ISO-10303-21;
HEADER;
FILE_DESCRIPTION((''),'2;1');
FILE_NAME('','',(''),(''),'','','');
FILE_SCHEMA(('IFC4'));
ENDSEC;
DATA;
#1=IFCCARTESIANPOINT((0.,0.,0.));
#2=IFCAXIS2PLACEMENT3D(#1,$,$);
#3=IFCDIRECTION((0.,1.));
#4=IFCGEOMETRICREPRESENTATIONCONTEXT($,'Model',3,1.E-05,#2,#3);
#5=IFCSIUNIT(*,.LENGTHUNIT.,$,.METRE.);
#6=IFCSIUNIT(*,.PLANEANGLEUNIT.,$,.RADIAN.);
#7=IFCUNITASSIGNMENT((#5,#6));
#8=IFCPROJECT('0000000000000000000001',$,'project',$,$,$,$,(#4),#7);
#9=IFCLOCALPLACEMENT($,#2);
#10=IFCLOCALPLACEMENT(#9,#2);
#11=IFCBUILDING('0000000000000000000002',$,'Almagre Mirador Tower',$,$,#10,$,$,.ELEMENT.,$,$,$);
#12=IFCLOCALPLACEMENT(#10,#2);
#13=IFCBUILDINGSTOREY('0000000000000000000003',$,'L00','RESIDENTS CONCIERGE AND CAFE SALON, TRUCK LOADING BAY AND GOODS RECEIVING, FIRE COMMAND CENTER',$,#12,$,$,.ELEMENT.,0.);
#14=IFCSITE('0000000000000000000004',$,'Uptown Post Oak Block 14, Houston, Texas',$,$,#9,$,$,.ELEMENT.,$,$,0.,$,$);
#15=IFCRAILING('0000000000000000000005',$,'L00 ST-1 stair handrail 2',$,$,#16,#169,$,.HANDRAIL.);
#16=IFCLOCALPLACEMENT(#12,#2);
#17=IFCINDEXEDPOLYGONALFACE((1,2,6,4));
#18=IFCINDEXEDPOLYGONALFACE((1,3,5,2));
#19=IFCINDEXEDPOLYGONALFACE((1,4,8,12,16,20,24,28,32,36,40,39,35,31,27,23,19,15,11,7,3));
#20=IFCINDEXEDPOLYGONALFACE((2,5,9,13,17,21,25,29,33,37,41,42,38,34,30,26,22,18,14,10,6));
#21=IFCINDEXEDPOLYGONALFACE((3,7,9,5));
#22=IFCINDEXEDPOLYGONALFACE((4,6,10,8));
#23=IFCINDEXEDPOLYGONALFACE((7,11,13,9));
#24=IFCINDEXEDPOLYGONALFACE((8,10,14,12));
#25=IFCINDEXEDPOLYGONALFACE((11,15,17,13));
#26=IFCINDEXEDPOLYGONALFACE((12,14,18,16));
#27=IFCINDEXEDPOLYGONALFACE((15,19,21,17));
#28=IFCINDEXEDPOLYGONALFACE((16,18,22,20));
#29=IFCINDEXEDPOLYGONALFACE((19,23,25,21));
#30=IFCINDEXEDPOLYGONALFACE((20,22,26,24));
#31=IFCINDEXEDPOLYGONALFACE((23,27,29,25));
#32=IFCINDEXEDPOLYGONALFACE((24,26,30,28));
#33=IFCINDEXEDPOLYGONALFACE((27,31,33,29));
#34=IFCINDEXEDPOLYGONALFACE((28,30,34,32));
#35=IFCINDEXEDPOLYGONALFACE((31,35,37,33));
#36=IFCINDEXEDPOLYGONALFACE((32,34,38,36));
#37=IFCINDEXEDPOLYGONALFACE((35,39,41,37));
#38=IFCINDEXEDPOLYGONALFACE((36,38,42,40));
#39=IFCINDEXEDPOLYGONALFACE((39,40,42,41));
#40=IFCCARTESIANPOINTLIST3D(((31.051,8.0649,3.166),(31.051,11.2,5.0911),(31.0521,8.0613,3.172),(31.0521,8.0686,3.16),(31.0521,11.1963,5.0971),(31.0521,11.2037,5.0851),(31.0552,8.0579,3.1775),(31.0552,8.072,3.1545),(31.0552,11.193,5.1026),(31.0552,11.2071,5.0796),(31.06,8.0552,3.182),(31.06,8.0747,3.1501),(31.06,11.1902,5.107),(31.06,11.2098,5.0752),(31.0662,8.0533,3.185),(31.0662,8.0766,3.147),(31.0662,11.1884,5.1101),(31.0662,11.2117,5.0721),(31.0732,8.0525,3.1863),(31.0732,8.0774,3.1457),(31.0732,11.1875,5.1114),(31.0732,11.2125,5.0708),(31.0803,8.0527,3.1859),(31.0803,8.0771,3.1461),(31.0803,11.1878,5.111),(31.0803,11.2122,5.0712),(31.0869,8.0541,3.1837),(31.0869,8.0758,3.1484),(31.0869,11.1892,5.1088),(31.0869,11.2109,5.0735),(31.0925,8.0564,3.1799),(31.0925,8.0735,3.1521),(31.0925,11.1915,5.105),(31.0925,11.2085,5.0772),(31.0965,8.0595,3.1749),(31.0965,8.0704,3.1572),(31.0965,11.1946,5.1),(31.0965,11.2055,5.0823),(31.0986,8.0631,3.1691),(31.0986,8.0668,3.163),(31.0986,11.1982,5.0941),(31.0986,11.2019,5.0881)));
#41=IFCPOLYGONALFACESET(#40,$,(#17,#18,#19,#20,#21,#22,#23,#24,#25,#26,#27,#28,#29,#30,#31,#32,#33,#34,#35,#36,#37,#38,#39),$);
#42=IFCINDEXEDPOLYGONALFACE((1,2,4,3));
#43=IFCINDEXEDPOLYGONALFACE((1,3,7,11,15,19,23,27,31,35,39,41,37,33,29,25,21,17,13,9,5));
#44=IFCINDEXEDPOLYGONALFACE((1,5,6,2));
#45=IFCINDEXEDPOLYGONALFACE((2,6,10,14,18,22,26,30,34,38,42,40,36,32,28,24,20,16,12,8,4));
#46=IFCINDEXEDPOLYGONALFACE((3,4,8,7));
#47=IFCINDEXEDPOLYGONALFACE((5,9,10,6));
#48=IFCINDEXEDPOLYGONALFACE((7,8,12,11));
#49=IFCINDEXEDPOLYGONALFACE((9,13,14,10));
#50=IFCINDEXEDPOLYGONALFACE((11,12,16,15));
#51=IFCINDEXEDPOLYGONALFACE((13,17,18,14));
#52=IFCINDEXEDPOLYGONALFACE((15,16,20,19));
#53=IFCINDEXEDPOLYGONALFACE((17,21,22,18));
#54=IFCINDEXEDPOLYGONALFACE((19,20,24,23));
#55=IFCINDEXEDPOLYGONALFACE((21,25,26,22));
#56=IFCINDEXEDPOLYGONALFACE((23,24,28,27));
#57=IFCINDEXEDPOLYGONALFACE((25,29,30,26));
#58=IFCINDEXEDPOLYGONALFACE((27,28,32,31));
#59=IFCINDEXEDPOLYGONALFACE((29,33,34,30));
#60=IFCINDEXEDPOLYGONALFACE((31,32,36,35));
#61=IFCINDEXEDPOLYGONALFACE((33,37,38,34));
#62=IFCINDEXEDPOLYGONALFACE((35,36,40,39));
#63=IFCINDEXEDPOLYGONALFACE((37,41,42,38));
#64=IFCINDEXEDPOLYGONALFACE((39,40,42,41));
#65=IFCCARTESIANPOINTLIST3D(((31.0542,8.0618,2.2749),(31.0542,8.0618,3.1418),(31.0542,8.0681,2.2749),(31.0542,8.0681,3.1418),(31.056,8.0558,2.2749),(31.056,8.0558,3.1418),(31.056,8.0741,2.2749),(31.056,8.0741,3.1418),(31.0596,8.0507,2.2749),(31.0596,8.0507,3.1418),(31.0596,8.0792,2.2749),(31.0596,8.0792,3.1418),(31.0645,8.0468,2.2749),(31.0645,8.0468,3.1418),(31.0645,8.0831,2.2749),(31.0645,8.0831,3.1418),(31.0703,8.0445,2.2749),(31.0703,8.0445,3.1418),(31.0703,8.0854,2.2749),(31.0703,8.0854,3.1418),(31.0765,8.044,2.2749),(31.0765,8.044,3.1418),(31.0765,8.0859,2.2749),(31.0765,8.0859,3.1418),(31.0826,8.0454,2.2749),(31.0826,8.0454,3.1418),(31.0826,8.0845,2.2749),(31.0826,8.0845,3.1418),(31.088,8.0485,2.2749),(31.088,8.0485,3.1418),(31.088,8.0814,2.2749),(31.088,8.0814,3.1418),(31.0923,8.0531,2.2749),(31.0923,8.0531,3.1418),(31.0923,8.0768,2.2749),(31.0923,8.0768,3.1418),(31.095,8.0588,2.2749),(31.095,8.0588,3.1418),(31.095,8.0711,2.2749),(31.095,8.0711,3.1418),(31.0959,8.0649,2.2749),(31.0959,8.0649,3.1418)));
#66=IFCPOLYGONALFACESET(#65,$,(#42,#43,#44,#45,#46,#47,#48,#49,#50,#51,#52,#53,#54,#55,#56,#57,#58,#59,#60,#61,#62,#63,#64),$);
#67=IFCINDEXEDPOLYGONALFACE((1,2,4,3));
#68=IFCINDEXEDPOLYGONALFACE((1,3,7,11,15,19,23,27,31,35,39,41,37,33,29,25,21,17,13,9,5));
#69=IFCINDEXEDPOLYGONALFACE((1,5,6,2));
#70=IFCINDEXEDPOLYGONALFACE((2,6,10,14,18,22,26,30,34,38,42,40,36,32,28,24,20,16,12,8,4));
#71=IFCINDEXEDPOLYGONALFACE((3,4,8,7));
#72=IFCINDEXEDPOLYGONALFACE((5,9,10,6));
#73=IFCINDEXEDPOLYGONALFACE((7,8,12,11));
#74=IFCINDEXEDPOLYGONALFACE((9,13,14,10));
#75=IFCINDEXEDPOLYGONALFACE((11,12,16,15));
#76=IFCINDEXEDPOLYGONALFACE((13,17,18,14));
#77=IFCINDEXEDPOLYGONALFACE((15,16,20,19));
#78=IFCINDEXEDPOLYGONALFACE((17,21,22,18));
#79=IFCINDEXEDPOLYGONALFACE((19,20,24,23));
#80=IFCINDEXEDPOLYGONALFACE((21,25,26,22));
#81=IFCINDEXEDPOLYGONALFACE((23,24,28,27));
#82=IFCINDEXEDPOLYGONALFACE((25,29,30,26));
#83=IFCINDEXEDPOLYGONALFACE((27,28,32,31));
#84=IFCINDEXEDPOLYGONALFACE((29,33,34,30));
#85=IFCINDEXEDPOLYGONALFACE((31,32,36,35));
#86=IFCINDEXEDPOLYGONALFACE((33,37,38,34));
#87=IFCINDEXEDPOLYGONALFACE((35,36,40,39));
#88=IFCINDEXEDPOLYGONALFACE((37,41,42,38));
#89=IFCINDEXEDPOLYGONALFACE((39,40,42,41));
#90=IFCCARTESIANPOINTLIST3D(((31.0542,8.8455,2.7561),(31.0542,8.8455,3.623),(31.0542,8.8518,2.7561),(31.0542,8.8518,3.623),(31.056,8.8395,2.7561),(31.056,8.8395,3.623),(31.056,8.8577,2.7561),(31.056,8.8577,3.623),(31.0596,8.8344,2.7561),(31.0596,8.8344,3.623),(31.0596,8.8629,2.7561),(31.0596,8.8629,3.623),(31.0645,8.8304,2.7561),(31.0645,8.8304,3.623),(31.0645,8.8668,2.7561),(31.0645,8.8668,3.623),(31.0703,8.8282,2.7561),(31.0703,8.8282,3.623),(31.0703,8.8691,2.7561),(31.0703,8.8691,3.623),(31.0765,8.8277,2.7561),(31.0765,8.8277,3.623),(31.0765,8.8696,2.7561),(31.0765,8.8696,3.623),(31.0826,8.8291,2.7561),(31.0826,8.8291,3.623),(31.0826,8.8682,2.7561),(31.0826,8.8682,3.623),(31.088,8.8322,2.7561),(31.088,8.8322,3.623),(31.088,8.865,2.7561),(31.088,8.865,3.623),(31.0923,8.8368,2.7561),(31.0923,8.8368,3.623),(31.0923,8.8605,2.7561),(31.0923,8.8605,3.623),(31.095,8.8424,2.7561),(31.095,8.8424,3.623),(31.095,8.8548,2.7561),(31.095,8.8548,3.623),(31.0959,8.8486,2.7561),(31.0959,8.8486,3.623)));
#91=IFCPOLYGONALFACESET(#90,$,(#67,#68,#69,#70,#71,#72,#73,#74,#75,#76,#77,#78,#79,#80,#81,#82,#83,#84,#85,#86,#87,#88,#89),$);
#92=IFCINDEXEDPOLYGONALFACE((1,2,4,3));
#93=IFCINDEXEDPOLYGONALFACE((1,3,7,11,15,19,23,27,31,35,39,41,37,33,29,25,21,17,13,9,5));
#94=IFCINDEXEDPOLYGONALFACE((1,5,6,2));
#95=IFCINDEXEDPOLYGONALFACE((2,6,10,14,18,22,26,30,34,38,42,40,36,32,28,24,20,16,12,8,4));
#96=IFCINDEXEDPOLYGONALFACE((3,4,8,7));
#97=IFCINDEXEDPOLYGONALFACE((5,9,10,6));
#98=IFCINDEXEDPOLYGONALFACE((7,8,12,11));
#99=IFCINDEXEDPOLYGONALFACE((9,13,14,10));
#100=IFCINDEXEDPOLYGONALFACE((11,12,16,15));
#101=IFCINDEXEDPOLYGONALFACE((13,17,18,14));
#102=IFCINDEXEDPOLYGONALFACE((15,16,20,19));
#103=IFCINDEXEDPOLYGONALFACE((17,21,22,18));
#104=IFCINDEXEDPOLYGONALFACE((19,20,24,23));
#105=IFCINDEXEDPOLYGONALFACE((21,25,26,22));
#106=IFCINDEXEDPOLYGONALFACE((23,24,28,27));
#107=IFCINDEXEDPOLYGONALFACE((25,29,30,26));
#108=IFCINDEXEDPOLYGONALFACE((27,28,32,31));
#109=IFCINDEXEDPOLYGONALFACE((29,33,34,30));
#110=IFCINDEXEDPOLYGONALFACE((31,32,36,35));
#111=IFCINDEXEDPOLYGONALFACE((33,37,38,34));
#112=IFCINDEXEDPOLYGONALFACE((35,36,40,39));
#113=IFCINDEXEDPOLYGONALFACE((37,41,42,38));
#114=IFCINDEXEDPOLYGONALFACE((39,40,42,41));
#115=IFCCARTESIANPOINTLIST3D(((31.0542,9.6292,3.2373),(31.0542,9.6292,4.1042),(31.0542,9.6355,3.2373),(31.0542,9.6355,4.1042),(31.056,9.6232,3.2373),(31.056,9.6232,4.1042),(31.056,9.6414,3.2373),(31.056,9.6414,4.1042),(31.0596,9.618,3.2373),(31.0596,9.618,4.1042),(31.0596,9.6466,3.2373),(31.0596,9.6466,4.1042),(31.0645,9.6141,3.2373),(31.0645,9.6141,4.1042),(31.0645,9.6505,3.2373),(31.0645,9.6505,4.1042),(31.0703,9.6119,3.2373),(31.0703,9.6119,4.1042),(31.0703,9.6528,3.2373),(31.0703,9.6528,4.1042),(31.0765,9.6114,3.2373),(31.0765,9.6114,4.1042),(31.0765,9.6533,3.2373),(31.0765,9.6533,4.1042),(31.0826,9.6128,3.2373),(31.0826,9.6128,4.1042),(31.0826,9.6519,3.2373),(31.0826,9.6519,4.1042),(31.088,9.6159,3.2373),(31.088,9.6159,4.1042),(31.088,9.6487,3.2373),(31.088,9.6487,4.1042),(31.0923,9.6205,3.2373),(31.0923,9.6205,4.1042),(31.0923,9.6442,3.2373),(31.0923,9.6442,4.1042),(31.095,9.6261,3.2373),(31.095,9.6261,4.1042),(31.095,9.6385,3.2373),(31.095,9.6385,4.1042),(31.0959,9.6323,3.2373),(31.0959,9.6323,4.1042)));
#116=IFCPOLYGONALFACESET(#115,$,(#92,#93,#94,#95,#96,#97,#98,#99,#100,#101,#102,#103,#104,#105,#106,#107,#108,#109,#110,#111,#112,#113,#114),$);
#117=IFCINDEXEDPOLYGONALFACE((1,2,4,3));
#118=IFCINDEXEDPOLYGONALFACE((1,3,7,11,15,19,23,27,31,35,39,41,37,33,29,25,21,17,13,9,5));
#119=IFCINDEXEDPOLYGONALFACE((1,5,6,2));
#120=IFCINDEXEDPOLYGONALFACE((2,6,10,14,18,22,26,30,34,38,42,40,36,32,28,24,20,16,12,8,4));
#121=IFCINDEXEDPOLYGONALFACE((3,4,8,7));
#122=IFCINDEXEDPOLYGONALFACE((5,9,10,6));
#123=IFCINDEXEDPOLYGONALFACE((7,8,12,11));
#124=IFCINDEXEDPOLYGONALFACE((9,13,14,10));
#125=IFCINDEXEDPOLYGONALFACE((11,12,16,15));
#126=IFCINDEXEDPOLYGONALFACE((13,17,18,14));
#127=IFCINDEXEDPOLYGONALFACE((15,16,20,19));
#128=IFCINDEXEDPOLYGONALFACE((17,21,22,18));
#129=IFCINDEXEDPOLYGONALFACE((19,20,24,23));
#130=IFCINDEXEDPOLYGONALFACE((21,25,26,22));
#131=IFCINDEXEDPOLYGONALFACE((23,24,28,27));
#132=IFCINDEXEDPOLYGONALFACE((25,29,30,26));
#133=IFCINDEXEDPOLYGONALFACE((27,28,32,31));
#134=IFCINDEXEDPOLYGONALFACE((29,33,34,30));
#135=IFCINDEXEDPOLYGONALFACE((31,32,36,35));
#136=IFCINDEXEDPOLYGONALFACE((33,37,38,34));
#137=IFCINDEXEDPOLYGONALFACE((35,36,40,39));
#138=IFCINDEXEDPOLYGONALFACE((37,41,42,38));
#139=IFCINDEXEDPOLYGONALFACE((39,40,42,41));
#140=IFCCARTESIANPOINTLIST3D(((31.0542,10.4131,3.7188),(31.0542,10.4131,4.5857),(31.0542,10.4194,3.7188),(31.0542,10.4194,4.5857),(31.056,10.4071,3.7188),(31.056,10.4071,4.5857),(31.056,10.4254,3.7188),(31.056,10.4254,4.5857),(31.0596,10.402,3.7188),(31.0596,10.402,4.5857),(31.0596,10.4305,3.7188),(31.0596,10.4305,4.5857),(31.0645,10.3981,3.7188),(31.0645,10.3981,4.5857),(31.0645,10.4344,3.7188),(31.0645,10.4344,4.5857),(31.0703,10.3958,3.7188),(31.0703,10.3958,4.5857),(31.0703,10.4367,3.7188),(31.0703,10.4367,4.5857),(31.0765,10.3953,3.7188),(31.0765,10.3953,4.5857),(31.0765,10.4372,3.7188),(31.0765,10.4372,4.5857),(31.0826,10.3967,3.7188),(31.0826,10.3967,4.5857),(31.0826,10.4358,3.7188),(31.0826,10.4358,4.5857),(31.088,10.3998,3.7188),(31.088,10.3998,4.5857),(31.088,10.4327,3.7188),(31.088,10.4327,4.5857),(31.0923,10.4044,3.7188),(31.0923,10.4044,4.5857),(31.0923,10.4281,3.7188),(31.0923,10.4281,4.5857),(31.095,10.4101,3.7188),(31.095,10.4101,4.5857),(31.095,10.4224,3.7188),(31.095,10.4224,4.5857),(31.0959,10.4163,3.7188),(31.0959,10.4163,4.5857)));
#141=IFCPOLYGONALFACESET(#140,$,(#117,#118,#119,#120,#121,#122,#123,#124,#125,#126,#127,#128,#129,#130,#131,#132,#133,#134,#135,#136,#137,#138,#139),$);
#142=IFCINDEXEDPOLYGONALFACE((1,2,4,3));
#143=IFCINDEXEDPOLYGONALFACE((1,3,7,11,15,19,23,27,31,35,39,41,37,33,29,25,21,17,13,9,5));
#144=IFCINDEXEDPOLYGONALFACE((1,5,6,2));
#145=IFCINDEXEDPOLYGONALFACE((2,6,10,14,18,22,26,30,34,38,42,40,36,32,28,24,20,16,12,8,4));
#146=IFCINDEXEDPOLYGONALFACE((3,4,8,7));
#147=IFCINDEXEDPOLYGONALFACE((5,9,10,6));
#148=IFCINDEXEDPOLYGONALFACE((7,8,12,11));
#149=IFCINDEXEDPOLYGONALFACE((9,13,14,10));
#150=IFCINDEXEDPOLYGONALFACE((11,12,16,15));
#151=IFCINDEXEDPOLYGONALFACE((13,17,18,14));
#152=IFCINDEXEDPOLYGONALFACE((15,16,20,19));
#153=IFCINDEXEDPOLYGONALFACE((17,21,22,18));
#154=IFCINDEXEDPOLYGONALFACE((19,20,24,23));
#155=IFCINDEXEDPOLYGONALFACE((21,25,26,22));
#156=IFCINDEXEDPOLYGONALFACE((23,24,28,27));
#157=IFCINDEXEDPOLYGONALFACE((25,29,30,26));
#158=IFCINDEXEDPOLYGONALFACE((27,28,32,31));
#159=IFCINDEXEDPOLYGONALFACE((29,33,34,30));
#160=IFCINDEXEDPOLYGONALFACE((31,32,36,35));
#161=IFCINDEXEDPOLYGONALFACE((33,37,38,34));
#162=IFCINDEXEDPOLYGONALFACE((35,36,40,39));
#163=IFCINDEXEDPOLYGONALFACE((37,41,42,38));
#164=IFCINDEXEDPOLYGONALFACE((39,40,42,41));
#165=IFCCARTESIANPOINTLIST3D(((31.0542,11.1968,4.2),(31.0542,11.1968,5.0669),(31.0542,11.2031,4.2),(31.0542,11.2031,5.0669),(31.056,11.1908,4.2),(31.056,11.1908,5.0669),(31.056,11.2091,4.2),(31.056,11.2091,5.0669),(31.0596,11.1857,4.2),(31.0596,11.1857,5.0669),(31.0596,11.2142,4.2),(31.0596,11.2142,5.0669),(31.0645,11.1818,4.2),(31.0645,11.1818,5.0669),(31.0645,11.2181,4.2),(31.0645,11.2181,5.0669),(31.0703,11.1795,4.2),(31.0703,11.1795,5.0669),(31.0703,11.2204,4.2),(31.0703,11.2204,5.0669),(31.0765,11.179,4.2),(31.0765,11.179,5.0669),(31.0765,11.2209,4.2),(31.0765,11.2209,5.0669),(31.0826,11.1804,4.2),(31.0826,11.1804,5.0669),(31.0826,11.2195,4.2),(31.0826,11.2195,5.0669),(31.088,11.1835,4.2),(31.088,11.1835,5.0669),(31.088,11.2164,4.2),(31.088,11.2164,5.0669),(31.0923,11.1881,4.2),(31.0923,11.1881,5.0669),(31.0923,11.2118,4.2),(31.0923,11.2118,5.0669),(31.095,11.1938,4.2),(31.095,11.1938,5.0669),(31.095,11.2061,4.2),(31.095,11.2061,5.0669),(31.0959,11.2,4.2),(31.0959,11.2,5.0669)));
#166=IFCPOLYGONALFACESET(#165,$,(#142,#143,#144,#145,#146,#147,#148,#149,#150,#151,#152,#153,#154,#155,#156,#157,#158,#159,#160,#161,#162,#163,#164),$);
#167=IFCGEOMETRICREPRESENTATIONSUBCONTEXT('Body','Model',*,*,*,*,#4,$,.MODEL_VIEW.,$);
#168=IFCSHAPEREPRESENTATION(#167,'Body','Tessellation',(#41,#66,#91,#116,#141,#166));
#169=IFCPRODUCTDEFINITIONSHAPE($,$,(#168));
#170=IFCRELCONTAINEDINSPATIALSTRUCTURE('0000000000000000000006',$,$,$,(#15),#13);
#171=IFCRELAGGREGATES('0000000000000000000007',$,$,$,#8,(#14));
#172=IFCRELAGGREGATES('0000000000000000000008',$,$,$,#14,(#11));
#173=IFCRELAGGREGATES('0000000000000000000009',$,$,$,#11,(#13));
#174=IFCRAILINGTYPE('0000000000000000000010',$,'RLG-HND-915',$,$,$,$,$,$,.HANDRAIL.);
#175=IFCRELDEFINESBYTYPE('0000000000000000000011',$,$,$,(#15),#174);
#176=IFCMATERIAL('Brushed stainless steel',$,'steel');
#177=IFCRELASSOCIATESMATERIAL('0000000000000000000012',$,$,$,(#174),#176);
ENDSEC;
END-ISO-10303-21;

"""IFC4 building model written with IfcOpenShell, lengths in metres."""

from ifc_helpers import new_model, si_unit, direction, frame, origin, origin_2d, place, context, subcontext, project, spatial, circle, extrude, material, type_object, element, save


model = new_model("IFC4")

# Units and contexts
model_context = context("Model", 3, precision=1e-05, world=origin(), true_north=direction((0.0, 1.0)))
body_context = subcontext(model_context, "Body", "Model", "MODEL_VIEW")
ifc_project = project(units=[si_unit("LENGTHUNIT", "METRE"), si_unit("PLANEANGLEUNIT", "RADIAN")], contexts=[model_context])

# Site, building, storey
site_placement = place(None, origin())
site = spatial("IfcSite", under=ifc_project, at=site_placement, Name="Uptown Post Oak Block 14, Houston, Texas", CompositionType="ELEMENT", RefElevation=0.0)
building_placement = place(site_placement, origin())
building = spatial("IfcBuilding", under=site, at=building_placement, Name="Almagre Mirador Tower", CompositionType="ELEMENT")
storey_placement = place(building_placement, origin())
storey = spatial("IfcBuildingStorey", under=building, at=storey_placement, Name="L00", Description="RESIDENTS CONCIERGE AND CAFE SALON, TRUCK LOADING BAY AND GOODS RECEIVING, FIRE COMMAND CENTER", CompositionType="ELEMENT", Elevation=0.0)

# Railing
ifc_material_1 = material(Name="Brushed stainless steel", Category="steel")
railing_type_1 = type_object("IfcRailingType", Name="RLG-HND-915", PredefinedType="HANDRAIL", material=ifc_material_1)
railing_1_placement = place(storey_placement, frame((31.075, 8.0649, 2.2749)))
element("IfcRailing", 1, at=railing_1_placement, inside=storey, type_object=railing_type_1, Name="L00 ST-1 stair handrail 2", PredefinedType="HANDRAIL", context=body_context, shape_type="SweptSolid", body=[
    extrude(circle(Radius=0.0239, at=origin_2d()), frame((0.0, 0.0, 0.8911), z_axis=(0.0, 0.852166, 0.523271), x_axis=(-1.0, 0.0, 0.0)), (0.0, 0.0, 1.0), 3.679),
    extrude(circle(Radius=0.021, at=origin_2d()), origin(), (0.0, 0.0, 1.0), 0.8669),
    extrude(circle(Radius=0.021, at=origin_2d()), frame((0.0, 0.7837, 0.4812)), (0.0, 0.0, 1.0), 0.8669),
    extrude(circle(Radius=0.021, at=origin_2d()), frame((0.0, 1.5674, 0.9624)), (0.0, 0.0, 1.0), 0.8669),
    extrude(circle(Radius=0.021, at=origin_2d()), frame((0.0, 2.3513, 1.4438)), (0.0, 0.0, 1.0), 0.8669),
    extrude(circle(Radius=0.021, at=origin_2d()), frame((0.0, 3.135, 1.925)), (0.0, 0.0, 1.0), 0.8669),
])

save(model, "model.ifc")
